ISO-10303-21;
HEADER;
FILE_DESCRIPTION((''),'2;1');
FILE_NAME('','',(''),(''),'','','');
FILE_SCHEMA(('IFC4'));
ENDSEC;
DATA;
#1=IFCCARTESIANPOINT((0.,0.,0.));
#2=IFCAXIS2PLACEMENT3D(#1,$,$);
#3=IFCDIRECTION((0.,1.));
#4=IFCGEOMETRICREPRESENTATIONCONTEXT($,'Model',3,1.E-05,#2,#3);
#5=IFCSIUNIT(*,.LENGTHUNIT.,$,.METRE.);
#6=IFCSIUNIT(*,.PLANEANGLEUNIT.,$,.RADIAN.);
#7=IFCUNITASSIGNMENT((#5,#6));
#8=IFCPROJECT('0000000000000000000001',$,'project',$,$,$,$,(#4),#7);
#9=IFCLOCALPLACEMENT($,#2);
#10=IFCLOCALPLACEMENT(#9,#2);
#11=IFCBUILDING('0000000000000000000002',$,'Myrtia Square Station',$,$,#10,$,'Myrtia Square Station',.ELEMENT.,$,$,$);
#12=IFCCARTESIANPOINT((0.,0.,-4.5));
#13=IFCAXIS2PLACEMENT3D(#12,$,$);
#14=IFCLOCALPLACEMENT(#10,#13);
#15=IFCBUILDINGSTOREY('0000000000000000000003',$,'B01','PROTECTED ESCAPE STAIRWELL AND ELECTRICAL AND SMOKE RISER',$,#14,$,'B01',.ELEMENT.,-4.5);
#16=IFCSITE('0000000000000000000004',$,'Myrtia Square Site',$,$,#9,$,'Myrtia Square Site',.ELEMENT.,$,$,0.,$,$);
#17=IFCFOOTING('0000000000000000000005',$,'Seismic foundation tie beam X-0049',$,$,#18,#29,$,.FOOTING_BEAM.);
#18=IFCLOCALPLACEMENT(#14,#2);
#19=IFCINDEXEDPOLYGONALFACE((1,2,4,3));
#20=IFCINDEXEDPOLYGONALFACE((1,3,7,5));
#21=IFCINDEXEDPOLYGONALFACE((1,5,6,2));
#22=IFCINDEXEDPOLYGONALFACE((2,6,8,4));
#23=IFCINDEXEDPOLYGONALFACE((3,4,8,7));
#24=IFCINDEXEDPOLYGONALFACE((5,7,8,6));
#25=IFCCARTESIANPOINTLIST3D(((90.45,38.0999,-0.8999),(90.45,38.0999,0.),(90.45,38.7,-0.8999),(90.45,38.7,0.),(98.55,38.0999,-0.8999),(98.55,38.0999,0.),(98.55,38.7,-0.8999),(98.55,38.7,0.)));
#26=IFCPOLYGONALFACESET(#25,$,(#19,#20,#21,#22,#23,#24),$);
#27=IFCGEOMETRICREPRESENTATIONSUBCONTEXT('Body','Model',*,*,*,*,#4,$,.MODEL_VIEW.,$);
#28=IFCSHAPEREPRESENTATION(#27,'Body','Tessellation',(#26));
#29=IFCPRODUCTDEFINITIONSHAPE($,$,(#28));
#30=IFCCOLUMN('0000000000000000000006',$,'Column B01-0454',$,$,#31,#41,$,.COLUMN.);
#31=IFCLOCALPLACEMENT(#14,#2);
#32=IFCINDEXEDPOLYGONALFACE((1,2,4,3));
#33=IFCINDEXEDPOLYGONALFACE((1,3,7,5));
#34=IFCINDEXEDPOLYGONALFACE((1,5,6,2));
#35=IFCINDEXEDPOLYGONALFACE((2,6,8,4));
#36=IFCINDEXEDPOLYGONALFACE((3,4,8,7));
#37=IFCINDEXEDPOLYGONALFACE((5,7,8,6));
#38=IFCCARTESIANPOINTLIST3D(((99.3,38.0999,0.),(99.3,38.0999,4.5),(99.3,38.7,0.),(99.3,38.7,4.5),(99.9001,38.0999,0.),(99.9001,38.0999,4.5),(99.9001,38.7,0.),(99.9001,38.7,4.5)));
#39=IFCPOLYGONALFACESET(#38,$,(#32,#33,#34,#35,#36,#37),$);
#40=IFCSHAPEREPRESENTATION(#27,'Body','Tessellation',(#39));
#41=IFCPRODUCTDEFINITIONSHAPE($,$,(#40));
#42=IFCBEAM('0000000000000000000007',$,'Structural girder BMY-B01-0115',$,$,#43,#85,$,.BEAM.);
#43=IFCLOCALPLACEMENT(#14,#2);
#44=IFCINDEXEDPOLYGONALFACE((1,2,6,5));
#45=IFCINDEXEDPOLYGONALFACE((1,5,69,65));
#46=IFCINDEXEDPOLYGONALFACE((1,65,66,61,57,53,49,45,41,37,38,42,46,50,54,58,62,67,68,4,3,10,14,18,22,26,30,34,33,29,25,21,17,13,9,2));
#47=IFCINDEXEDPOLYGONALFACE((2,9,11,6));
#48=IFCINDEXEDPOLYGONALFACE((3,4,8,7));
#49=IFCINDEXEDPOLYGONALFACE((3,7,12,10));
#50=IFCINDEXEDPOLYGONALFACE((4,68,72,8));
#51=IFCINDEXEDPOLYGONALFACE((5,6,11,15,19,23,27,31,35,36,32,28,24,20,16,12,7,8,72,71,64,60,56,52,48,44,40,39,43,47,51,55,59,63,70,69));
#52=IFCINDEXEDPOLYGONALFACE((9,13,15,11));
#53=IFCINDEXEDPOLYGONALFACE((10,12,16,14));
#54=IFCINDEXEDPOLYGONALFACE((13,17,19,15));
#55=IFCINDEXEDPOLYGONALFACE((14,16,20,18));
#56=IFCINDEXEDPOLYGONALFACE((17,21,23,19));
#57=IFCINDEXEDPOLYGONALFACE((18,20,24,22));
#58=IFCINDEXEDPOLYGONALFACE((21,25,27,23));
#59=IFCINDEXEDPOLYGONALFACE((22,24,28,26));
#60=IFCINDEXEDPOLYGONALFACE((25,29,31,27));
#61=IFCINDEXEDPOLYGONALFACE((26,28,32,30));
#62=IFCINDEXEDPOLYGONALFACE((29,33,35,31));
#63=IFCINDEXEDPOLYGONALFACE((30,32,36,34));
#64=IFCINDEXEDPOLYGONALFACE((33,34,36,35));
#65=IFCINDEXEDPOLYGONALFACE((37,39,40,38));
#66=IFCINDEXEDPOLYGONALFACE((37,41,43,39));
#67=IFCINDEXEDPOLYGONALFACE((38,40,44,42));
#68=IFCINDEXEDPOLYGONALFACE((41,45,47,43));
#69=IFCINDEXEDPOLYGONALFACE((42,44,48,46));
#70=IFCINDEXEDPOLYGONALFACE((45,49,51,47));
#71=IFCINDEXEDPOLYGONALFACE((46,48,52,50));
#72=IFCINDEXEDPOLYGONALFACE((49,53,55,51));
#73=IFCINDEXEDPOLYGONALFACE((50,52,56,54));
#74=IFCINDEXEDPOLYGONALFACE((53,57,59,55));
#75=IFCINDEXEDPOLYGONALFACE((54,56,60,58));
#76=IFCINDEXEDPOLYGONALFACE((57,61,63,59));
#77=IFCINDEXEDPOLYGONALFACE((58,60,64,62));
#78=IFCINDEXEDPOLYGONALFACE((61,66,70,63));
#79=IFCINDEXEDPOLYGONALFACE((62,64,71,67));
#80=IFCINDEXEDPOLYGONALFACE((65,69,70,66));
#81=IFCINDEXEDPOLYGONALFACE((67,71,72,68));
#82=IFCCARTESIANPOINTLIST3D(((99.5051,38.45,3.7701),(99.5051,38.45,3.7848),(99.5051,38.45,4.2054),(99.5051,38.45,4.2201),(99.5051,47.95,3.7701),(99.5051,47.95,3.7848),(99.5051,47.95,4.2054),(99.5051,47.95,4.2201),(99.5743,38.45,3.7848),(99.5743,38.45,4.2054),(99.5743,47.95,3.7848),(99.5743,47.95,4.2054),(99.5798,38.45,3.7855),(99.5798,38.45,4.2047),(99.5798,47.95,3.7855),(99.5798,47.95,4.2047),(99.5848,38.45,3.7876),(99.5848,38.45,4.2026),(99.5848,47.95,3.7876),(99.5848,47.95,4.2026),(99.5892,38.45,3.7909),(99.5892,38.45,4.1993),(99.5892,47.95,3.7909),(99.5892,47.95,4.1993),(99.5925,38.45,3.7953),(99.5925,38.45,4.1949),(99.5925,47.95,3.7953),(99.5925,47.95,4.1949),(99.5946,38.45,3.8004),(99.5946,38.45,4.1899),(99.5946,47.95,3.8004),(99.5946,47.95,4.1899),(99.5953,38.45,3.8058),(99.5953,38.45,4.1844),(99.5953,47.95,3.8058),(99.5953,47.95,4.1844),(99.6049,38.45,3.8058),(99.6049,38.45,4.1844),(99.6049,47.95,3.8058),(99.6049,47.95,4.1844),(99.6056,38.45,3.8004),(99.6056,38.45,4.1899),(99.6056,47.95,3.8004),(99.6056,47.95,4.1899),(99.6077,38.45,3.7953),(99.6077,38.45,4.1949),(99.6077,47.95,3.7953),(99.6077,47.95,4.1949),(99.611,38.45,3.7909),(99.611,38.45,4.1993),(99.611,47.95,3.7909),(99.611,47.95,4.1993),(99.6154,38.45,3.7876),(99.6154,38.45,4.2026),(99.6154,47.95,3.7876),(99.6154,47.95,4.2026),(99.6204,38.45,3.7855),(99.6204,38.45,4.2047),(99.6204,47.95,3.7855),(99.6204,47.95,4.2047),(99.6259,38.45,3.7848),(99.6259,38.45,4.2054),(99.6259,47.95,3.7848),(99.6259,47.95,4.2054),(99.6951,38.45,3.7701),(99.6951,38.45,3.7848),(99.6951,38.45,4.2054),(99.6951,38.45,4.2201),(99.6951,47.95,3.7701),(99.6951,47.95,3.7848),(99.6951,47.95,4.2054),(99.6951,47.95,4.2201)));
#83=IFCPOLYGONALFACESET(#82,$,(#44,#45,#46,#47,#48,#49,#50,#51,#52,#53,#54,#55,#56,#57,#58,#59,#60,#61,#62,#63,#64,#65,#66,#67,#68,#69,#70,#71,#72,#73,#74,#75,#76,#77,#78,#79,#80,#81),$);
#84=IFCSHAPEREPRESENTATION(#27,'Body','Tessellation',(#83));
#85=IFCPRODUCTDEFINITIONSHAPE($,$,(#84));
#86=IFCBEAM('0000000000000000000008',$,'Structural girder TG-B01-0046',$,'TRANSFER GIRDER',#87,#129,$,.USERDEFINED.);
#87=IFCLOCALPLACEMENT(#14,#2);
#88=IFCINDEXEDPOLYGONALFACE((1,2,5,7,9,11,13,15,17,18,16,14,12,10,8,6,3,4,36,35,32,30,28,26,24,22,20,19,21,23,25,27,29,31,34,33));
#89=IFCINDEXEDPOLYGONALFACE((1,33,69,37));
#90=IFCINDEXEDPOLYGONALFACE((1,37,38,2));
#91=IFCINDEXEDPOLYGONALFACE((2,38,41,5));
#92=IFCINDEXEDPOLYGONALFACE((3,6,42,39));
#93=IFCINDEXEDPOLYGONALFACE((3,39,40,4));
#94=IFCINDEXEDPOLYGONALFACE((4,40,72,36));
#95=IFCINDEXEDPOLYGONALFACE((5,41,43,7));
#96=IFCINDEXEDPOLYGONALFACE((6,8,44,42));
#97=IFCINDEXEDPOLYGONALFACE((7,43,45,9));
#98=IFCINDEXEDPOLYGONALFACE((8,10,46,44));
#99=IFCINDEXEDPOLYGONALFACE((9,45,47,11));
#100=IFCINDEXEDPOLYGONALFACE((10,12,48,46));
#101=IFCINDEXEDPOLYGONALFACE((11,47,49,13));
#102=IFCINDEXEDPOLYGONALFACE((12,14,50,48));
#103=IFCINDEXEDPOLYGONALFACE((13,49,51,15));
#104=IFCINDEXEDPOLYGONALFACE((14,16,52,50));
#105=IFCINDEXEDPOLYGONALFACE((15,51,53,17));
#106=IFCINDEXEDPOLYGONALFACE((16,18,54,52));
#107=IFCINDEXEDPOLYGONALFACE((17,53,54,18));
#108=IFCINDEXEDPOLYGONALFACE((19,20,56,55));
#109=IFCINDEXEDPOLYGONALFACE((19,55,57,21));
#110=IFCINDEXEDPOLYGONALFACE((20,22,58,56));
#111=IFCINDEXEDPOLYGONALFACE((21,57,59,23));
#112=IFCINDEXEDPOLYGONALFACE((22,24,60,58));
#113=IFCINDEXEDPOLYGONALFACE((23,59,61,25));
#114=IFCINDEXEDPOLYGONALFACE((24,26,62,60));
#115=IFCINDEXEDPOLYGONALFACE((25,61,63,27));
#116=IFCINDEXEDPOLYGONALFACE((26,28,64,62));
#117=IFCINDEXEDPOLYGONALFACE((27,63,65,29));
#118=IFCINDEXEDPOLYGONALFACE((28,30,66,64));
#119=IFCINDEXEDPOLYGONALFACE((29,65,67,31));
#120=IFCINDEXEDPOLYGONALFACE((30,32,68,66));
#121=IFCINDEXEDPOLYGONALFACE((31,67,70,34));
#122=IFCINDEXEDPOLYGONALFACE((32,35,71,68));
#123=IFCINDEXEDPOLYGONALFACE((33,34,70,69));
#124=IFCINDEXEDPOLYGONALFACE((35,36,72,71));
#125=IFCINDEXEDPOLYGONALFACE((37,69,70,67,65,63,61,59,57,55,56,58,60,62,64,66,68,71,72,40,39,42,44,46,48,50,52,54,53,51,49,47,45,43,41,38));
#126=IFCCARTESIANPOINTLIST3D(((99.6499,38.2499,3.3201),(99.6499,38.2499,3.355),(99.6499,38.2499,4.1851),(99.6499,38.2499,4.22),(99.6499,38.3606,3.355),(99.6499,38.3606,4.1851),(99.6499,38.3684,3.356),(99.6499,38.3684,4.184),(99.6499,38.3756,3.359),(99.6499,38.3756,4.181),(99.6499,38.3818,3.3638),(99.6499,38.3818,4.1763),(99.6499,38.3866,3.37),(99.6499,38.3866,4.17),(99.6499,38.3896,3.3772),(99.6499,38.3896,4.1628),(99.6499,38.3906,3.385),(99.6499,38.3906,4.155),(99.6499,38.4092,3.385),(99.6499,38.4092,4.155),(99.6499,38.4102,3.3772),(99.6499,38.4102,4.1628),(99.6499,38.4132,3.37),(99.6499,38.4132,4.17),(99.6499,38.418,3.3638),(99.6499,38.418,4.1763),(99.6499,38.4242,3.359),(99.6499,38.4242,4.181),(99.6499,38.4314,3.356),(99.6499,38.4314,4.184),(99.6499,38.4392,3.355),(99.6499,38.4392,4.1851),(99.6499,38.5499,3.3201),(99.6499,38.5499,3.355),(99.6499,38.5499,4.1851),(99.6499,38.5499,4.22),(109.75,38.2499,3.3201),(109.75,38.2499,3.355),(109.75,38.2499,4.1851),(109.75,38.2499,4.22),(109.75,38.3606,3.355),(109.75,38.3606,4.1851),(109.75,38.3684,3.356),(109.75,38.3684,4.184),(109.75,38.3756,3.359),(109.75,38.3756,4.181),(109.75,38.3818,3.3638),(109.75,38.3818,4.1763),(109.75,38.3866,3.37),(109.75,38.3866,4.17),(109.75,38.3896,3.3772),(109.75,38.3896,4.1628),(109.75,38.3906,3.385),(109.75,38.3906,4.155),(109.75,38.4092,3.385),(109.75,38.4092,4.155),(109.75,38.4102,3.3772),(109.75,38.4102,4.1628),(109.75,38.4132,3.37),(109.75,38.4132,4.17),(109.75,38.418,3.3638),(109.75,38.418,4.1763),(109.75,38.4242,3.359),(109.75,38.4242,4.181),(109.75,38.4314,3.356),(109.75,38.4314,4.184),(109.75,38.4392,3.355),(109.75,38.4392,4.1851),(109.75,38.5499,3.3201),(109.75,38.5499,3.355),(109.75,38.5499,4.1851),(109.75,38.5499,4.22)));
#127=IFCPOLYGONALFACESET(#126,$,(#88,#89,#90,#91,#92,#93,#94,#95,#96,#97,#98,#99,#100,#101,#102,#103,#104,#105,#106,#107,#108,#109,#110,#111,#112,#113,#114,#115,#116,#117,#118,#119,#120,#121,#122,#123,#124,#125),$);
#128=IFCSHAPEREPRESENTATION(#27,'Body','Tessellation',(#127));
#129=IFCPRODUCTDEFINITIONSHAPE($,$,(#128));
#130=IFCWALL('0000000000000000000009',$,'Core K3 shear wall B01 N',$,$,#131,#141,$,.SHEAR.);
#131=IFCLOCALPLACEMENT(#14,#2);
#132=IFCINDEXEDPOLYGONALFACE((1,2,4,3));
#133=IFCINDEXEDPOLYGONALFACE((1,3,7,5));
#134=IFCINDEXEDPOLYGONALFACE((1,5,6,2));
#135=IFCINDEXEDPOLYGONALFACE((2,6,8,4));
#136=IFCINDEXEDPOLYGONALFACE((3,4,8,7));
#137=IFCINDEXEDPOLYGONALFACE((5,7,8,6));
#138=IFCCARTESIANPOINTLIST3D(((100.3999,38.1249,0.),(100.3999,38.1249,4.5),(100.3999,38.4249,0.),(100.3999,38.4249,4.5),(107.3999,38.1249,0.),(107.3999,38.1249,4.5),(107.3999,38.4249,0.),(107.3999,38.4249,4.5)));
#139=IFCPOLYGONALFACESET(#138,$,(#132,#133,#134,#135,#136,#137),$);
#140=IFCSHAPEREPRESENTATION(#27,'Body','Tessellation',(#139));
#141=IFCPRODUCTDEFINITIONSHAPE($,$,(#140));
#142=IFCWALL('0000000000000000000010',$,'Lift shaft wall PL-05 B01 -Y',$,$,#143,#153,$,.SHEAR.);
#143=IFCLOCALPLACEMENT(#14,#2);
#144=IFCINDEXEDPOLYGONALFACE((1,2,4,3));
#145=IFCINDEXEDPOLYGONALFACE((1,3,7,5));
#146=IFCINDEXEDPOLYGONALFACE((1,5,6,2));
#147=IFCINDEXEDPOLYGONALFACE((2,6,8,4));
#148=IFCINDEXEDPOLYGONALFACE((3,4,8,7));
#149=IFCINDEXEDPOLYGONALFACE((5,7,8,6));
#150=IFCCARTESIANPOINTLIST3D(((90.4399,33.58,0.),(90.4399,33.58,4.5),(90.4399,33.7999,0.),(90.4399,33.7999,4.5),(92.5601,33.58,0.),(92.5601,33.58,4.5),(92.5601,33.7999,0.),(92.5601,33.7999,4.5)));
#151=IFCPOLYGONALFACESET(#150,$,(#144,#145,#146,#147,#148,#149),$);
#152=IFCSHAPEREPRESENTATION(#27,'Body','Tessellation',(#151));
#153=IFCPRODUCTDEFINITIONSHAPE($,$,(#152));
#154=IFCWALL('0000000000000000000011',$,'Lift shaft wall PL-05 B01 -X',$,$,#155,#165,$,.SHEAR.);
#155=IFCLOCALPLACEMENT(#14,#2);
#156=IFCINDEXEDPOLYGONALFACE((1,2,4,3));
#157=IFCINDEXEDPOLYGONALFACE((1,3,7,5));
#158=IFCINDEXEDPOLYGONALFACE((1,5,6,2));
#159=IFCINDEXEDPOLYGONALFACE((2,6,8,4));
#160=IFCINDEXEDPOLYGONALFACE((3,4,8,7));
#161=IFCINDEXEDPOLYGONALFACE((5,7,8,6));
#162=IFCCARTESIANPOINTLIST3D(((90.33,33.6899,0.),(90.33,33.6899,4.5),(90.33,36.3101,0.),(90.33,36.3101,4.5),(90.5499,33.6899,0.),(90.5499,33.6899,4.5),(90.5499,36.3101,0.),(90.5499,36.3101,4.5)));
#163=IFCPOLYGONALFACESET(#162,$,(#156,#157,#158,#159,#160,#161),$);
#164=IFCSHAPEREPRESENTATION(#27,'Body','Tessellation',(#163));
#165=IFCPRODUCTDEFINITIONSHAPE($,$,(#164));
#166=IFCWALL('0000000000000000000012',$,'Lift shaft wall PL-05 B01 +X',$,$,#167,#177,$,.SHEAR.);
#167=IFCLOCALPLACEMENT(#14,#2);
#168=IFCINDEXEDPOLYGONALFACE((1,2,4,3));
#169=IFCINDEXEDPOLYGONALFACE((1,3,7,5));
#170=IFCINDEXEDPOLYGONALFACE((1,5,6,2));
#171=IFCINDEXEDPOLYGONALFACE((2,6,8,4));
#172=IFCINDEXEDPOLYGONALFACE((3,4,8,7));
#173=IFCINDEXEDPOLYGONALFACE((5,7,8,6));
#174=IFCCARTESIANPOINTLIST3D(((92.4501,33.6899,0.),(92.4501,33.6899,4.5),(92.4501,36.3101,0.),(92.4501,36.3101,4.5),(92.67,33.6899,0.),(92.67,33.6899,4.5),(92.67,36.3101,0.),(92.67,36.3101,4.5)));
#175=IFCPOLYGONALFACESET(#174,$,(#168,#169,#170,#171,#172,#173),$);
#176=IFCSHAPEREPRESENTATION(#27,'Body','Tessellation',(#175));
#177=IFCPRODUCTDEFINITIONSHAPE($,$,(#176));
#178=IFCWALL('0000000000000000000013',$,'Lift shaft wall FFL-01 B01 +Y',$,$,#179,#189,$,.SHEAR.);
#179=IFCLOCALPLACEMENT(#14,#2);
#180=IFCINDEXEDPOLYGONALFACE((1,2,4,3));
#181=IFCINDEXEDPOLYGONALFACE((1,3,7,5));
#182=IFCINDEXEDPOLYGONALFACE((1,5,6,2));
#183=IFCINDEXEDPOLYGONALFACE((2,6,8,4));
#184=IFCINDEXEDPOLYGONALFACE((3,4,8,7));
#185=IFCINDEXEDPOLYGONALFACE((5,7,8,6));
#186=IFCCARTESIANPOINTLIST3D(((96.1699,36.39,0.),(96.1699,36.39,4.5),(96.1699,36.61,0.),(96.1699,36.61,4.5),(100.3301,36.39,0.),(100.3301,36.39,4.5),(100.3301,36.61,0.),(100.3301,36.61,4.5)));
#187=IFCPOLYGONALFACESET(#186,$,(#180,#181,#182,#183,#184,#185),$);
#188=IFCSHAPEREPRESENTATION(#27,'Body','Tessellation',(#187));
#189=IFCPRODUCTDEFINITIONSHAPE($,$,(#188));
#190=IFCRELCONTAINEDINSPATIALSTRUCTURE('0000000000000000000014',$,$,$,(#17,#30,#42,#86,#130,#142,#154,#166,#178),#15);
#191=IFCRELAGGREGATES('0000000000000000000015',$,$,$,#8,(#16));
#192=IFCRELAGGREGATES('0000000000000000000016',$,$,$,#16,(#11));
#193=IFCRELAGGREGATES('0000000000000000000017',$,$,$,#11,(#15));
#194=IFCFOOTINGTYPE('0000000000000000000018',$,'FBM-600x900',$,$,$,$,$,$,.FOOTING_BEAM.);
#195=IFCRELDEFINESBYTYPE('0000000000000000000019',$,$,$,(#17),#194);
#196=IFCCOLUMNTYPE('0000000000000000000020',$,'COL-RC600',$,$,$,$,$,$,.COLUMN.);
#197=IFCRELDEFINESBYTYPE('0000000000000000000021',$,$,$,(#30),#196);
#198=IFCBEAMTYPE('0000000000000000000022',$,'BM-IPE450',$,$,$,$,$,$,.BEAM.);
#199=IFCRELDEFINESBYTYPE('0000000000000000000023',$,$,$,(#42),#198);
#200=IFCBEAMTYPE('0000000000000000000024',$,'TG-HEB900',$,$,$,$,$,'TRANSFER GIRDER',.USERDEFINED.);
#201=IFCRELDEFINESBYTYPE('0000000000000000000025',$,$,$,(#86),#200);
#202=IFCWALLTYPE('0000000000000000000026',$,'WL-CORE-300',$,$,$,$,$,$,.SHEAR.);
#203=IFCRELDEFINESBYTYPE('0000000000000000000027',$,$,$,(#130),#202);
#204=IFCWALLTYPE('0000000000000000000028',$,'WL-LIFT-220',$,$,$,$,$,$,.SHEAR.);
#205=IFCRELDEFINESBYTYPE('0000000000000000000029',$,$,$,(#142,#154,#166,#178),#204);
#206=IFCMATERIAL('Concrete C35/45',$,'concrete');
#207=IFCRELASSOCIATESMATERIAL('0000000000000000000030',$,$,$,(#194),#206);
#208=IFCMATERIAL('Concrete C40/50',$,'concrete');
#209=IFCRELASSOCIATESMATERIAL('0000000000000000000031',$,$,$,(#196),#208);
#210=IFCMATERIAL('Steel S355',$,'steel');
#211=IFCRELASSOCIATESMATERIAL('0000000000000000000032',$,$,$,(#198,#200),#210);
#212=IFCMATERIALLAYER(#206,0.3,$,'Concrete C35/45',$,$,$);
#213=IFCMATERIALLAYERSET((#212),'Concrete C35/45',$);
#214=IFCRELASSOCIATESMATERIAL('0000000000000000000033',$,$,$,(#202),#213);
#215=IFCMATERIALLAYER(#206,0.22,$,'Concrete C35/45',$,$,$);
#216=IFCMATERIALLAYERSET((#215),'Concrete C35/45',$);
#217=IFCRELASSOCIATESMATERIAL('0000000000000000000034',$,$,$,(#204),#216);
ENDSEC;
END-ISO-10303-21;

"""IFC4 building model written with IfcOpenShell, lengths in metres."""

from ifc_helpers import new_model, si_unit, direction, frame, frame_2d, origin, origin_2d, place, context, subcontext, project, spatial, rectangle, i_section, extrude, material, layer, layer_set, material_profile, profile_set, type_object, element, save


model = new_model("IFC4")

# Units and contexts
model_context = context("Model", 3, precision=1e-05, world=origin(), true_north=direction((0.0, 1.0)))
body_context = subcontext(model_context, "Body", "Model", "MODEL_VIEW")
ifc_project = project(units=[si_unit("LENGTHUNIT", "METRE"), si_unit("PLANEANGLEUNIT", "RADIAN")], contexts=[model_context])

# Site, building, storey
site_placement = place(None, origin())
site = spatial("IfcSite", under=ifc_project, at=site_placement, Name="Myrtia Square Site", LongName="Myrtia Square Site", CompositionType="ELEMENT", RefElevation=0.0)
building_placement = place(site_placement, origin())
building = spatial("IfcBuilding", under=site, at=building_placement, Name="Myrtia Square Station", LongName="Myrtia Square Station", CompositionType="ELEMENT")
storey_placement = place(building_placement, frame((0.0, 0.0, -4.5)))
storey = spatial("IfcBuildingStorey", under=building, at=storey_placement, Name="B01", Description="PROTECTED ESCAPE STAIRWELL AND ELECTRICAL AND SMOKE RISER", LongName="B01", CompositionType="ELEMENT", Elevation=-4.5)

# Footing
ifc_material_1 = material(Name="Concrete C35/45", Category="concrete")
ifc_material_profile_1 = material_profile(ifc_material_1, rectangle(XDim=0.6001, YDim=0.8999, at=origin_2d()), Name="FB 600x900")
ifc_profile_set_1 = profile_set([ifc_material_profile_1], Name="Concrete C35/45")
footing_type = type_object("IfcFootingType", Name="FBM-600x900", PredefinedType="FOOTING_BEAM", material=ifc_profile_set_1)
footing_placement = place(storey_placement, frame((90.45, 38.3999, -0.45), z_axis=(1.0, 0.0, 0.0), x_axis=(0.0, 1.0, 0.0)))
element("IfcFooting", 1, at=footing_placement, inside=storey, type_object=footing_type, Name="Seismic foundation tie beam X-0049", PredefinedType="FOOTING_BEAM", context=body_context, shape_type="SweptSolid", body=[
    extrude(rectangle(XDim=0.6001, YDim=0.8999, at=origin_2d()), origin(), (0.0, 0.0, 1.0), 8.1001),
])

# Column
ifc_material_2 = material(Name="Concrete C40/50", Category="concrete")
ifc_material_profile_2 = material_profile(ifc_material_2, rectangle(XDim=0.6001, YDim=0.6001, at=origin_2d()), Name="RC 600x600")
ifc_profile_set_2 = profile_set([ifc_material_profile_2], Name="Concrete C40/50")
column_type = type_object("IfcColumnType", Name="COL-RC600", PredefinedType="COLUMN", material=ifc_profile_set_2)
column_placement = place(storey_placement, frame((99.6001, 38.3999, 0.0), z_axis=(0.0, 0.0, 1.0), x_axis=(1.0, 0.0, 0.0)))
element("IfcColumn", 2, at=column_placement, inside=storey, type_object=column_type, Name="Column B01-0454", PredefinedType="COLUMN", context=body_context, shape_type="SweptSolid", body=[
    extrude(rectangle(XDim=0.6001, YDim=0.6001, at=origin_2d()), origin(), (0.0, 0.0, 1.0), 4.5),
])

# Beams
ifc_material_3 = material(Name="Steel S355", Category="steel")
ifc_material_profile_3 = material_profile(ifc_material_3, i_section(OverallWidth=0.1899, OverallDepth=0.45, WebThickness=0.0095, FlangeThickness=0.0146, FilletRadius=0.021, at=origin_2d()), Name="IPE 450")
ifc_profile_set_3 = profile_set([ifc_material_profile_3], Name="Steel S355")
beam_type_1 = type_object("IfcBeamType", Name="BM-IPE450", PredefinedType="BEAM", material=ifc_profile_set_3)
beam_1_placement = place(storey_placement, frame((99.6001, 38.45, 3.9951), z_axis=(0.0, 1.0, 0.0), x_axis=(-1.0, 0.0, 0.0)))
element("IfcBeam", 3, at=beam_1_placement, inside=storey, type_object=beam_type_1, Name="Structural girder BMY-B01-0115", PredefinedType="BEAM", context=body_context, shape_type="SweptSolid", body=[
    extrude(i_section(OverallWidth=0.1899, OverallDepth=0.45, WebThickness=0.0095, FlangeThickness=0.0146, FilletRadius=0.021, at=origin_2d()), origin(), (0.0, 0.0, 1.0), 9.5),
])
ifc_material_profile_4 = material_profile(ifc_material_3, i_section(OverallWidth=0.3, OverallDepth=0.8999, WebThickness=0.0186, FlangeThickness=0.0349, FilletRadius=0.03, at=origin_2d()), Name="HEB 900")
ifc_profile_set_4 = profile_set([ifc_material_profile_4], Name="Steel S355")
beam_type_2 = type_object("IfcBeamType", Name="TG-HEB900", ElementType="TRANSFER GIRDER", PredefinedType="USERDEFINED", material=ifc_profile_set_4)
beam_2_placement = place(storey_placement, frame((99.6499, 38.3999, 3.77), z_axis=(1.0, 0.0, 0.0), x_axis=(0.0, 1.0, 0.0)))
element("IfcBeam", 4, at=beam_2_placement, inside=storey, type_object=beam_type_2, Name="Structural girder TG-B01-0046", ObjectType="TRANSFER GIRDER", PredefinedType="USERDEFINED", context=body_context, shape_type="SweptSolid", body=[
    extrude(i_section(OverallWidth=0.3, OverallDepth=0.8999, WebThickness=0.0186, FlangeThickness=0.0349, FilletRadius=0.03, at=origin_2d()), origin(), (0.0, 0.0, 1.0), 10.1001),
])

# Walls
ifc_layer_1 = layer(ifc_material_1, 0.3, Name="Concrete C35/45")
ifc_layer_set_1 = layer_set([ifc_layer_1], Name="Concrete C35/45")
wall_type_1 = type_object("IfcWallType", Name="WL-CORE-300", PredefinedType="SHEAR", material=ifc_layer_set_1)
wall_1_placement = place(storey_placement, frame((100.3999, 38.2749, 0.0), z_axis=(0.0, 0.0, 1.0), x_axis=(1.0, 0.0, 0.0)))
element("IfcWall", 5, at=wall_1_placement, inside=storey, type_object=wall_type_1, Name="Core K3 shear wall B01 N", PredefinedType="SHEAR", context=body_context, shape_type="SweptSolid", body=[
    extrude(rectangle(XDim=7.0, YDim=0.3, at=frame_2d((3.5, 0.0))), origin(), (0.0, 0.0, 1.0), 4.5),
])
ifc_layer_2 = layer(ifc_material_1, 0.22, Name="Concrete C35/45")
ifc_layer_set_2 = layer_set([ifc_layer_2], Name="Concrete C35/45")
wall_type_2 = type_object("IfcWallType", Name="WL-LIFT-220", PredefinedType="SHEAR", material=ifc_layer_set_2)
wall_2_placement = place(storey_placement, frame((90.4399, 33.6899, 0.0), z_axis=(0.0, 0.0, 1.0), x_axis=(1.0, 0.0, 0.0)))
element("IfcWall", 6, at=wall_2_placement, inside=storey, type_object=wall_type_2, Name="Lift shaft wall PL-05 B01 -Y", PredefinedType="SHEAR", context=body_context, shape_type="SweptSolid", body=[
    extrude(rectangle(XDim=2.1201, YDim=0.22, at=frame_2d((1.0601, 0.0))), origin(), (0.0, 0.0, 1.0), 4.5),
])

# Walls
for number, where, z_axis, x_axis, name in (
    (7, (90.4399, 33.6899, 0.0), (0.0, 0.0, 1.0), (0.0, 1.0, 0.0), "Lift shaft wall PL-05 B01 -X"),
    (8, (92.5601, 33.6899, 0.0), (0.0, 0.0, 1.0), (0.0, 1.0, 0.0), "Lift shaft wall PL-05 B01 +X"),
):
    element("IfcWall", number, at=place(storey_placement, frame(where, z_axis=z_axis, x_axis=x_axis)), inside=storey, type_object=wall_type_2, Name=name, PredefinedType="SHEAR", context=body_context, shape_type="SweptSolid", body=[
        extrude(rectangle(XDim=2.6201, YDim=0.22, at=frame_2d((1.3101, 0.0))), origin(), (0.0, 0.0, 1.0), 4.5),
    ])

# Wall
wall_3_placement = place(storey_placement, frame((96.1699, 36.5, 0.0), z_axis=(0.0, 0.0, 1.0), x_axis=(1.0, 0.0, 0.0)))
element("IfcWall", 9, at=wall_3_placement, inside=storey, type_object=wall_type_2, Name="Lift shaft wall FFL-01 B01 +Y", PredefinedType="SHEAR", context=body_context, shape_type="SweptSolid", body=[
    extrude(rectangle(XDim=4.1602, YDim=0.22, at=frame_2d((2.0801, 0.0))), origin(), (0.0, 0.0, 1.0), 4.5),
])

save(model, "model.ifc")
